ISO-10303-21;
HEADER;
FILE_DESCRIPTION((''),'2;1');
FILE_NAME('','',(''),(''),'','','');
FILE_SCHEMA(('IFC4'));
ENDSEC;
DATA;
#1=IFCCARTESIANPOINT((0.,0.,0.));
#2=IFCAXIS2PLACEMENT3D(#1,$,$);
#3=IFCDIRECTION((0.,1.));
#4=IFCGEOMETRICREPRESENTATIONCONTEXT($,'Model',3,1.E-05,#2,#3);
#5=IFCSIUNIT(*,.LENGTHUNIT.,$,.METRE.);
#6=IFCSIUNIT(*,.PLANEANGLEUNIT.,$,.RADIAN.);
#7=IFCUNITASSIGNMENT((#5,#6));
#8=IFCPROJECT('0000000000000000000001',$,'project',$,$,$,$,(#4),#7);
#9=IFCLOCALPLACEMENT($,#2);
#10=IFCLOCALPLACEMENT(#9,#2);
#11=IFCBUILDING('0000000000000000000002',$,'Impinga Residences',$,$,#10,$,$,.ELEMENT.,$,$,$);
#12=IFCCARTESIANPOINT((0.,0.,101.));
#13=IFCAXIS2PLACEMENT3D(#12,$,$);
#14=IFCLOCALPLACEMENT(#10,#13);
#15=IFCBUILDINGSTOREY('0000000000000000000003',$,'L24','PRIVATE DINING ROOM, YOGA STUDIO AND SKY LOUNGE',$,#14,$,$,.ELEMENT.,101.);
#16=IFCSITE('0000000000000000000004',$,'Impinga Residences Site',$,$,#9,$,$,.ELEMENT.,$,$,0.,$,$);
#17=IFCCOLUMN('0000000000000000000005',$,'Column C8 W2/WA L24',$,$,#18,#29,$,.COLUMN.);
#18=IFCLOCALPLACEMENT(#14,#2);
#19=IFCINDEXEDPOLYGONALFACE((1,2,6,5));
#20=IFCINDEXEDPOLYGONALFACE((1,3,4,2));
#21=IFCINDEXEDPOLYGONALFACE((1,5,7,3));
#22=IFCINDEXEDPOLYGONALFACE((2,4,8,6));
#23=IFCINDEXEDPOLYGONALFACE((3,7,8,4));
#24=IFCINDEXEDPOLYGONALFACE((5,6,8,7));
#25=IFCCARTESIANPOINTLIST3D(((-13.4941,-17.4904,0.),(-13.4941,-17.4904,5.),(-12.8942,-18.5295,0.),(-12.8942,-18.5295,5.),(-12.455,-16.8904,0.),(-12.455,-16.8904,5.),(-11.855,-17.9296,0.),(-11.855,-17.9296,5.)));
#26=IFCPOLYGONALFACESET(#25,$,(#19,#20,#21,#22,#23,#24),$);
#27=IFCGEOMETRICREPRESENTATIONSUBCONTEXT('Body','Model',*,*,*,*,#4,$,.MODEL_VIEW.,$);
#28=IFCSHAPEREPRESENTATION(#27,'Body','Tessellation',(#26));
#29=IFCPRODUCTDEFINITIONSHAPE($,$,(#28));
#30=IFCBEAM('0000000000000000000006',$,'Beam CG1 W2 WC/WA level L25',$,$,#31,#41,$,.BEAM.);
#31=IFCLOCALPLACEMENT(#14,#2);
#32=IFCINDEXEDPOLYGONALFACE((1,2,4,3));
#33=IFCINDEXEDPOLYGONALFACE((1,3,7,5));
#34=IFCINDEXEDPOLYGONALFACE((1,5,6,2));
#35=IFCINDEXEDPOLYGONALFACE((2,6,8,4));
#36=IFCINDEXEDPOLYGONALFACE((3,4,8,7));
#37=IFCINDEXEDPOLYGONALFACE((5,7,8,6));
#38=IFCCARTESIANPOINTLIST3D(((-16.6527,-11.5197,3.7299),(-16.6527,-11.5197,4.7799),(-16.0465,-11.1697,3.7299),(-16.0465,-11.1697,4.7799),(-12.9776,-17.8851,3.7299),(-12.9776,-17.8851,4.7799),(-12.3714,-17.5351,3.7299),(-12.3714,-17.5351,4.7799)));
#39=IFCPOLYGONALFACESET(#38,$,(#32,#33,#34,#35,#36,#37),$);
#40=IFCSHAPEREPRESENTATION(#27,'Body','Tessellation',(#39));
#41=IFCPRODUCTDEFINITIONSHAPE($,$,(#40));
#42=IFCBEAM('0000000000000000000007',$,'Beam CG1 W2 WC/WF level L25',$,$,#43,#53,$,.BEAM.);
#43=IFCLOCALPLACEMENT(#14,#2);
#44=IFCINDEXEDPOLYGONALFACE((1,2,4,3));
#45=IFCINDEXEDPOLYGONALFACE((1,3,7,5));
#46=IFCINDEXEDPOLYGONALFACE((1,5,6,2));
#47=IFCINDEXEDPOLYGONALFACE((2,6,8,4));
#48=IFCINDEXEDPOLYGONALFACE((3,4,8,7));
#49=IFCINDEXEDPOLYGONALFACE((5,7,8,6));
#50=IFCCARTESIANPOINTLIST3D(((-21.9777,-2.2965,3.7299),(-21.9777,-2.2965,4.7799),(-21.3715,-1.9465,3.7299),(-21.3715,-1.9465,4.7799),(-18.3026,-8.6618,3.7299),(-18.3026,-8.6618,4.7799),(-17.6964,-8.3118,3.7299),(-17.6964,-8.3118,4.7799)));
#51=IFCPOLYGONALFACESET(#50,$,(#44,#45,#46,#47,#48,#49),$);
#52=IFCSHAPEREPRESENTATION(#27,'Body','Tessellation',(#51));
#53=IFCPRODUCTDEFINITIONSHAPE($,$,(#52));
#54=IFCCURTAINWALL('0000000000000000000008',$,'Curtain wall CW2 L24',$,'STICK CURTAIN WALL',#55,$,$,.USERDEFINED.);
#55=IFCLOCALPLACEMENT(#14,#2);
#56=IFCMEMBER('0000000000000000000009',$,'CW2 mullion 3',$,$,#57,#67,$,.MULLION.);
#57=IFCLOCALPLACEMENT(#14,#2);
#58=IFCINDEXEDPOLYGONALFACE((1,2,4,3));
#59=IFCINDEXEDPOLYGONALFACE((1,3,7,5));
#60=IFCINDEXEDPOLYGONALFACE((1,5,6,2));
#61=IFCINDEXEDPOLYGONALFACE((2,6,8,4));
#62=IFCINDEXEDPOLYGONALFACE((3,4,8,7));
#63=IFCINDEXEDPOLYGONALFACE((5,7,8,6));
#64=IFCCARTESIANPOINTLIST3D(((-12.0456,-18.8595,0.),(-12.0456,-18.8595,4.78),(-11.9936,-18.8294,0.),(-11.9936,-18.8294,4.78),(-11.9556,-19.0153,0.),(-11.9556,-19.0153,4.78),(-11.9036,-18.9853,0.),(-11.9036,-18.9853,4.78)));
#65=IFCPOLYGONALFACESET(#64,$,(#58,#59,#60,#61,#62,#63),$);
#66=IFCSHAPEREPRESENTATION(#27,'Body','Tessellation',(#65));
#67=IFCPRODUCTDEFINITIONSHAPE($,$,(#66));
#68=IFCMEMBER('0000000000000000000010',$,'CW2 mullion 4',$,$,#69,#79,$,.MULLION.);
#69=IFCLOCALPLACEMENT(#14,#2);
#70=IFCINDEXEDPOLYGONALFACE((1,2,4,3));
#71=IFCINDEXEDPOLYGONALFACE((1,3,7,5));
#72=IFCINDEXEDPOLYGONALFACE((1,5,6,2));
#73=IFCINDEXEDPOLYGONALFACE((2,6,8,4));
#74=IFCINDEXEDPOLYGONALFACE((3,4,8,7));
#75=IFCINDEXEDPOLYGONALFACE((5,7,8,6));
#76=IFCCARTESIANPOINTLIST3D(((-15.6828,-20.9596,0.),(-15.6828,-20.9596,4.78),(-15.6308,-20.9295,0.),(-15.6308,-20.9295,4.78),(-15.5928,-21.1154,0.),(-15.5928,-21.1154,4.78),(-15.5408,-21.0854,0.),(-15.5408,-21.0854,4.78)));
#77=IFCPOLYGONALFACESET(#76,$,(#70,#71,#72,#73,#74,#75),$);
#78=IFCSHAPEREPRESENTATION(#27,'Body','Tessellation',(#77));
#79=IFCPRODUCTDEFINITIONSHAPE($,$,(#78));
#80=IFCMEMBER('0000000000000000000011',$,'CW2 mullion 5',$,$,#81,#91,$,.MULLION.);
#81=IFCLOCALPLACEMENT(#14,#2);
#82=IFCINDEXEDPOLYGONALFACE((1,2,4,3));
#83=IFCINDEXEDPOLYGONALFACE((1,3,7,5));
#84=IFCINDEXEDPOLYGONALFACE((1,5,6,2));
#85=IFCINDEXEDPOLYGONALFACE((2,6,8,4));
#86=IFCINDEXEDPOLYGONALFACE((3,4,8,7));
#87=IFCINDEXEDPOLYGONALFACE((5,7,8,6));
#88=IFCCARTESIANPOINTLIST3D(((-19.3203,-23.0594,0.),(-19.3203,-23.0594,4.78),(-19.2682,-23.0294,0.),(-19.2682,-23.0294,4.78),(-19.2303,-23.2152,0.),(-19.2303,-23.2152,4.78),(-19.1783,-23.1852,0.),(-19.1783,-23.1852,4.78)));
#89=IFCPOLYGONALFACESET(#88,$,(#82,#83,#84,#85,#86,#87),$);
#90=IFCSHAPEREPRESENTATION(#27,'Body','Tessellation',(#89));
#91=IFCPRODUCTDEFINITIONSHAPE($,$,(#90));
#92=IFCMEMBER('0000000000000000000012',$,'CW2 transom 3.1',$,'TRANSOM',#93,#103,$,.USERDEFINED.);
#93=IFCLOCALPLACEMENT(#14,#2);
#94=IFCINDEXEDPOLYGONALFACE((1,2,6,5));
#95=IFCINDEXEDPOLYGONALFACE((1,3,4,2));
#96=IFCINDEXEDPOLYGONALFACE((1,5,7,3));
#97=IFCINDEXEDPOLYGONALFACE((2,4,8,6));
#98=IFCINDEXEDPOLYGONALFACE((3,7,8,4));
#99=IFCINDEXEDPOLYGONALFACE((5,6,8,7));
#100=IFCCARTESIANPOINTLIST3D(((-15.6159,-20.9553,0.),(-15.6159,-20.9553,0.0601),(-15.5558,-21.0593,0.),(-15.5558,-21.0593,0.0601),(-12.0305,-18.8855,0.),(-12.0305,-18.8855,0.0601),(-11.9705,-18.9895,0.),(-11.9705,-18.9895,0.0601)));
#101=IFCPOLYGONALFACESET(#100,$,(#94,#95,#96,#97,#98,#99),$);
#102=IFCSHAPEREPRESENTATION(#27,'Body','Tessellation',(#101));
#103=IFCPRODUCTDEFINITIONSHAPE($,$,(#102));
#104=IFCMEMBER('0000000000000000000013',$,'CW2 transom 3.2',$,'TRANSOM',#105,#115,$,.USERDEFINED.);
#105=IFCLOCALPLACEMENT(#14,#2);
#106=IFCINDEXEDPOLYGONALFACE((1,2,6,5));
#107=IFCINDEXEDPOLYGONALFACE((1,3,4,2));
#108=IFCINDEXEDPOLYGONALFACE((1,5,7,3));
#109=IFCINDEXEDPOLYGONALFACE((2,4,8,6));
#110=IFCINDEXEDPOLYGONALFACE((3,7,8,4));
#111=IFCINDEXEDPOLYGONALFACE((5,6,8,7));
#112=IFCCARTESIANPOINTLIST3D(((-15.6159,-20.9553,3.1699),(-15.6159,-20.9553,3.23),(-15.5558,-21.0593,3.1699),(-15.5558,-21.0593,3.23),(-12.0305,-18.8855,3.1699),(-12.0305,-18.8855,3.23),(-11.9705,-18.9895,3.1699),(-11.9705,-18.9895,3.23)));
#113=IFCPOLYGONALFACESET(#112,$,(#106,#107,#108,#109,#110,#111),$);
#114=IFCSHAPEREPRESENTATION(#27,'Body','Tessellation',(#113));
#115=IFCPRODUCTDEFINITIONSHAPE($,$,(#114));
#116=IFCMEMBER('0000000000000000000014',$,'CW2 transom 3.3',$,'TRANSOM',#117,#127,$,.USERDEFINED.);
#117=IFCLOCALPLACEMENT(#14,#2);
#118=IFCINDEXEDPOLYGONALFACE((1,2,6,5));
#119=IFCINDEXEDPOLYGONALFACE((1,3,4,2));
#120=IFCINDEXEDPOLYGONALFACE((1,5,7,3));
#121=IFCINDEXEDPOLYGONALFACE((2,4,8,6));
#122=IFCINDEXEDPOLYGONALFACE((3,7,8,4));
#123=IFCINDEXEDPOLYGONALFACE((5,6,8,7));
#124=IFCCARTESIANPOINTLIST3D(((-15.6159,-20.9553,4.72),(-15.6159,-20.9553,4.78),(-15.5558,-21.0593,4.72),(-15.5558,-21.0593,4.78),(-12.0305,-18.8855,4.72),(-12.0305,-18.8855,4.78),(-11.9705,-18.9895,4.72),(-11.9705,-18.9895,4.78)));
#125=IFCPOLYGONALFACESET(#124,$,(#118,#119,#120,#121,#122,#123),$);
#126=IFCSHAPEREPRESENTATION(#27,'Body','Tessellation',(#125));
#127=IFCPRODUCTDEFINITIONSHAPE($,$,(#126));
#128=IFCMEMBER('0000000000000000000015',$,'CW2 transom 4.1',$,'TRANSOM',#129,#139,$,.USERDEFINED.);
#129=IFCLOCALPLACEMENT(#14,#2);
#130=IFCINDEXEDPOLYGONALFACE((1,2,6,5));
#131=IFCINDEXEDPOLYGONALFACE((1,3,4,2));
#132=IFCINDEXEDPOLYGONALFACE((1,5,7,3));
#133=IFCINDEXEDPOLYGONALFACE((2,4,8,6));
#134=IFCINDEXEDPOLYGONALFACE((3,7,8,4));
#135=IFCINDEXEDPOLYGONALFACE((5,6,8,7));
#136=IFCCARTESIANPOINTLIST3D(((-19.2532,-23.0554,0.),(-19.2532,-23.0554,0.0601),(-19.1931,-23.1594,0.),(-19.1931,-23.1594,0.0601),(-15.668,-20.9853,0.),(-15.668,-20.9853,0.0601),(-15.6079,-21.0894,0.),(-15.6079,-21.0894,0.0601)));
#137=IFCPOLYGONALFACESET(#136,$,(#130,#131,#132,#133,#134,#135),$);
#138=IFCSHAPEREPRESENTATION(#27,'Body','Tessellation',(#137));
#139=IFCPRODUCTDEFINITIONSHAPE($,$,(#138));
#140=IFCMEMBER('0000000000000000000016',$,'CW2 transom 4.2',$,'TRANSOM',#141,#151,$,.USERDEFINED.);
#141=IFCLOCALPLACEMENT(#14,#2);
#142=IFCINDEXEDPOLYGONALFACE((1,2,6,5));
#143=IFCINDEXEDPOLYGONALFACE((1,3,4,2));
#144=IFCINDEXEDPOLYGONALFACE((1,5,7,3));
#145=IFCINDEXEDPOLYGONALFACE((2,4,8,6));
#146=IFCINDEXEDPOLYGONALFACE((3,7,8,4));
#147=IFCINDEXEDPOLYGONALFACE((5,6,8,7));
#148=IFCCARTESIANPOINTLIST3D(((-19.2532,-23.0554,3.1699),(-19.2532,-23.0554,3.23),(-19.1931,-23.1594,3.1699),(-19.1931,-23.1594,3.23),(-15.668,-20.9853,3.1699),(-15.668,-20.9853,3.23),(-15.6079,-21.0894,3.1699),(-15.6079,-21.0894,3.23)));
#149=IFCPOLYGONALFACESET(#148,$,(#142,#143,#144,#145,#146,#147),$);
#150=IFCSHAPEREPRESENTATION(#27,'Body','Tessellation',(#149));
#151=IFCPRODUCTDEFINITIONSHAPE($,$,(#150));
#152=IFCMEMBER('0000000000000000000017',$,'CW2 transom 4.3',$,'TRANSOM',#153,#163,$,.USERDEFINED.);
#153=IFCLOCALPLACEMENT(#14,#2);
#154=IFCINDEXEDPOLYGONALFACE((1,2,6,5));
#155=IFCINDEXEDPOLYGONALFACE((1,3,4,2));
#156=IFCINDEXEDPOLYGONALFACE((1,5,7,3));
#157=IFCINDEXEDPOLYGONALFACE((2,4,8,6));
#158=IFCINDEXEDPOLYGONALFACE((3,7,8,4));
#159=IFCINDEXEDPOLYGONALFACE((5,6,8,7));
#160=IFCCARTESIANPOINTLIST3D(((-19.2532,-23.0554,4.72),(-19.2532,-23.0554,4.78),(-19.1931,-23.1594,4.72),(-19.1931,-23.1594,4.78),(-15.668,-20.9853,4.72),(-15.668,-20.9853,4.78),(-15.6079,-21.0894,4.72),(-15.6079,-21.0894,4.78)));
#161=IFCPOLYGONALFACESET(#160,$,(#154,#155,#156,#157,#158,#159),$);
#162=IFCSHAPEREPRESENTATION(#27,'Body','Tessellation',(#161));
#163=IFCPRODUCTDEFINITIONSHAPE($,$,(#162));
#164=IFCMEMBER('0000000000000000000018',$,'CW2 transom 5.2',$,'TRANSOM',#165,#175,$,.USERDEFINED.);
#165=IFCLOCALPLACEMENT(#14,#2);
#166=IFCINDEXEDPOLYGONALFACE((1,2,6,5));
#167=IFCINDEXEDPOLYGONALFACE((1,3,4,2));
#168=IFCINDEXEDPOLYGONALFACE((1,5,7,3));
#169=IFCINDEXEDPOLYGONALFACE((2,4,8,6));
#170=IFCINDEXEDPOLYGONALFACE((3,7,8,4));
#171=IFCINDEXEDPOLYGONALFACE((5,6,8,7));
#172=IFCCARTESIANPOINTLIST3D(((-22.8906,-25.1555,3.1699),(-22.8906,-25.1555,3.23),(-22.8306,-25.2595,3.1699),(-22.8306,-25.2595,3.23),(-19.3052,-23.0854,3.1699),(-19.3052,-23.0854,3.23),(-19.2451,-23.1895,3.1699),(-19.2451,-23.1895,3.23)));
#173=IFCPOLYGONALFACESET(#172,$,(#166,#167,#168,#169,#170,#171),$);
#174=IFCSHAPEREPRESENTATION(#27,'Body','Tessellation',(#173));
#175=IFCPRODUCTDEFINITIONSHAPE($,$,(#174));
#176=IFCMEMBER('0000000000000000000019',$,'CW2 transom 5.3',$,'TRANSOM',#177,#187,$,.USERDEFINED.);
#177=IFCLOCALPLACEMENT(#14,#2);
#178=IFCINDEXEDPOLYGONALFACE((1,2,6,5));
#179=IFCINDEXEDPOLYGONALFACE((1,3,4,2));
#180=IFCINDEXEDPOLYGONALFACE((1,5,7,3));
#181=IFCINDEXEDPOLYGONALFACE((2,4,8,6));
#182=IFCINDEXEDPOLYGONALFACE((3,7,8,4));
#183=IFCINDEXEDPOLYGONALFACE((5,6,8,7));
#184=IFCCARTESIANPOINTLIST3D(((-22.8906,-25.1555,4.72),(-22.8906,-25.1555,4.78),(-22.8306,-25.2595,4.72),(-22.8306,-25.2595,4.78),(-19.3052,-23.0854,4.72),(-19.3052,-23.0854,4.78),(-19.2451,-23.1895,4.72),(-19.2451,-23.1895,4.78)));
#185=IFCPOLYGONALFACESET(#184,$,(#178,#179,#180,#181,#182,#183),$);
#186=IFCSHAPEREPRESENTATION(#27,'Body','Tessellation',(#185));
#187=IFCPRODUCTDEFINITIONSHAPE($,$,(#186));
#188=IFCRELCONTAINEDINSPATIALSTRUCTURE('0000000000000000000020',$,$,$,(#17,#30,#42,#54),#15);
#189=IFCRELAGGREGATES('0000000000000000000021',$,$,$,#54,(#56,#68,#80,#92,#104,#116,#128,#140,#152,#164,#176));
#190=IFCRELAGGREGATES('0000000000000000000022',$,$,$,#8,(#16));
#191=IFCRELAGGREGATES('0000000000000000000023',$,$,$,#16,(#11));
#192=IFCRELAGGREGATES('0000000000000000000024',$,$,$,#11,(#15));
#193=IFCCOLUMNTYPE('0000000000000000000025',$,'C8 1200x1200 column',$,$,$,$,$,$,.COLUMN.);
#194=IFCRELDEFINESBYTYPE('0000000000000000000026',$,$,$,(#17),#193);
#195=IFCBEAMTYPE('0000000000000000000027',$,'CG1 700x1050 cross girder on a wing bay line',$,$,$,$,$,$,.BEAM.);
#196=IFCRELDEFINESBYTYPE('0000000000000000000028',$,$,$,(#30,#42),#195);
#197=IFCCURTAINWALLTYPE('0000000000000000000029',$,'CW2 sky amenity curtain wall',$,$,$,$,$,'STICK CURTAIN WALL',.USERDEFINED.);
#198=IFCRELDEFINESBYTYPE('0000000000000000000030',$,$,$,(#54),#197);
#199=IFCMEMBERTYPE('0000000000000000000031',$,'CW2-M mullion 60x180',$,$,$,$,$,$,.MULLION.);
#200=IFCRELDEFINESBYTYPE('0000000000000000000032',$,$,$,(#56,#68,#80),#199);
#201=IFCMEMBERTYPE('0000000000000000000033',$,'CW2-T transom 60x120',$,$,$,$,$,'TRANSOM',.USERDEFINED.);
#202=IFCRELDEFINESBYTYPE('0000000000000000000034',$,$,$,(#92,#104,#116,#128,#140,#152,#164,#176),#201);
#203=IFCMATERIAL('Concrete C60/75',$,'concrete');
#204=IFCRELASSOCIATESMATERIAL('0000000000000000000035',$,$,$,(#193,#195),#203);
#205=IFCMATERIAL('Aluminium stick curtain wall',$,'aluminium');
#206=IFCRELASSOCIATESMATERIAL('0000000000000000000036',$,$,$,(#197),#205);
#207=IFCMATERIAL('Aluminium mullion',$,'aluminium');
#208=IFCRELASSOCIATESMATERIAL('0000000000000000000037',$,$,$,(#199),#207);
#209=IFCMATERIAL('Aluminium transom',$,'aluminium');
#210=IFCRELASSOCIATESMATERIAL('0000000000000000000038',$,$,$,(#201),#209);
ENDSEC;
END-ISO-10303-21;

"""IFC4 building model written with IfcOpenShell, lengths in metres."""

from ifc_helpers import new_model, si_unit, direction, frame, origin, origin_2d, place, context, subcontext, project, spatial, rectangle, extrude, material, material_profile, profile_set, type_object, element, aggregate, save


model = new_model("IFC4")

# Units and contexts
model_context = context("Model", 3, precision=1e-05, world=origin(), true_north=direction((0.0, 1.0)))
body_context = subcontext(model_context, "Body", "Model", "MODEL_VIEW")
ifc_project = project(units=[si_unit("LENGTHUNIT", "METRE"), si_unit("PLANEANGLEUNIT", "RADIAN")], contexts=[model_context])

# Site, building, storey
site_placement = place(None, origin())
site = spatial("IfcSite", under=ifc_project, at=site_placement, Name="Impinga Residences Site", CompositionType="ELEMENT", RefElevation=0.0)
building_placement = place(site_placement, origin())
building = spatial("IfcBuilding", under=site, at=building_placement, Name="Impinga Residences", CompositionType="ELEMENT")
storey_placement = place(building_placement, frame((0.0, 0.0, 101.0)))
storey = spatial("IfcBuildingStorey", under=building, at=storey_placement, Name="L24", Description="PRIVATE DINING ROOM, YOGA STUDIO AND SKY LOUNGE", CompositionType="ELEMENT", Elevation=101.0)

# Column
ifc_material_1 = material(Name="Concrete C60/75", Category="concrete")
ifc_material_profile_1 = material_profile(ifc_material_1, rectangle(XDim=1.2, YDim=1.2, at=origin_2d()), Name="RC 1200x1200")
ifc_profile_set_1 = profile_set([ifc_material_profile_1], Name="Concrete C60/75")
column_type = type_object("IfcColumnType", Name="C8 1200x1200 column", PredefinedType="COLUMN", material=ifc_profile_set_1)
column_placement = place(storey_placement, frame((-12.6746, -17.71, 0.0), z_axis=(0.0, 0.0, 1.0), x_axis=(-0.5, 0.866025, 0.0)))
element("IfcColumn", 1, at=column_placement, inside=storey, type_object=column_type, Name="Column C8 W2/WA L24", PredefinedType="COLUMN", context=body_context, shape_type="SweptSolid", body=[
    extrude(rectangle(XDim=1.2, YDim=1.2, at=origin_2d()), origin(), (0.0, 0.0, 1.0), 5.0),
])

# Beams
ifc_material_profile_2 = material_profile(ifc_material_1, rectangle(XDim=0.7, YDim=1.05, at=origin_2d()), Name="RC 700x1050")
ifc_profile_set_2 = profile_set([ifc_material_profile_2], Name="Concrete C60/75")
beam_type_1 = type_object("IfcBeamType", Name="CG1 700x1050 cross girder on a wing bay line", PredefinedType="BEAM", material=ifc_profile_set_2)
for number, where, z_axis, x_axis, name in (
    (2, (-16.3496, -11.3447, 4.2549), (0.500008, -0.866021, 0.0), (0.866021, 0.500008, 0.0), "Beam CG1 W2 WC/WA level L25"),
    (3, (-17.9995, -8.4868, 4.2549), (-0.500008, 0.866021, 0.0), (-0.866021, -0.500008, 0.0), "Beam CG1 W2 WC/WF level L25"),
):
    element("IfcBeam", number, at=place(storey_placement, frame(where, z_axis=z_axis, x_axis=x_axis)), inside=storey, type_object=beam_type_1, Name=name, PredefinedType="BEAM", context=body_context, shape_type="SweptSolid", body=[
        extrude(rectangle(XDim=0.7, YDim=1.05, at=origin_2d()), origin(), (0.0, 0.0, 1.0), 7.3501),
    ])

# Curtain wall, members
ifc_material_2 = material(Name="Aluminium stick curtain wall", Category="aluminium")
curtain_wall_type = type_object("IfcCurtainWallType", Name="CW2 sky amenity curtain wall", ElementType="STICK CURTAIN WALL", PredefinedType="USERDEFINED", material=ifc_material_2)
curtain_wall_placement = place(storey_placement, origin())
curtain_wall = element("IfcCurtainWall", 4, at=curtain_wall_placement, inside=storey, type_object=curtain_wall_type, Name="Curtain wall CW2 L24", ObjectType="STICK CURTAIN WALL", PredefinedType="USERDEFINED")
ifc_material_3 = material(Name="Aluminium mullion", Category="aluminium")
ifc_material_profile_3 = material_profile(ifc_material_3, rectangle(XDim=0.0601, YDim=0.1799, at=origin_2d()), Name="60x180 mullion")
ifc_profile_set_3 = profile_set([ifc_material_profile_3], Name="Aluminium mullion")
member_type_1 = type_object("IfcMemberType", Name="CW2-M mullion 60x180", PredefinedType="MULLION", material=ifc_profile_set_3)
member_1_placement = place(storey_placement, frame((-11.9746, -18.9224, 0.0), z_axis=(0.0, 0.0, 1.0), x_axis=(-0.866025, -0.5, 0.0)))
member_1 = element("IfcMember", 5, at=member_1_placement, type_object=member_type_1, Name="CW2 mullion 3", PredefinedType="MULLION", context=body_context, shape_type="SweptSolid", body=[
    extrude(rectangle(XDim=0.0601, YDim=0.1799, at=origin_2d()), origin(), (0.0, 0.0, 1.0), 4.78),
])
member_2_placement = place(storey_placement, frame((-15.6118, -21.0225, 0.0), z_axis=(0.0, 0.0, 1.0), x_axis=(-0.866025, -0.5, 0.0)))
member_2 = element("IfcMember", 6, at=member_2_placement, type_object=member_type_1, Name="CW2 mullion 4", PredefinedType="MULLION", context=body_context, shape_type="SweptSolid", body=[
    extrude(rectangle(XDim=0.0601, YDim=0.1799, at=origin_2d()), origin(), (0.0, 0.0, 1.0), 4.78),
])
member_3_placement = place(storey_placement, frame((-19.2493, -23.1223, 0.0), z_axis=(0.0, 0.0, 1.0), x_axis=(-0.866025, -0.5, 0.0)))
member_3 = element("IfcMember", 7, at=member_3_placement, type_object=member_type_1, Name="CW2 mullion 5", PredefinedType="MULLION", context=body_context, shape_type="SweptSolid", body=[
    extrude(rectangle(XDim=0.0601, YDim=0.1799, at=origin_2d()), origin(), (0.0, 0.0, 1.0), 4.78),
])
ifc_material_4 = material(Name="Aluminium transom", Category="aluminium")
ifc_material_profile_4 = material_profile(ifc_material_4, rectangle(XDim=0.0601, YDim=0.1201, at=origin_2d()), Name="60x120 transom")
ifc_profile_set_4 = profile_set([ifc_material_profile_4], Name="Aluminium transom")
member_type_2 = type_object("IfcMemberType", Name="CW2-T transom 60x120", ElementType="TRANSOM", PredefinedType="USERDEFINED", material=ifc_profile_set_4)
member_4_placement = place(storey_placement, frame((-12.0005, -18.9375, 0.03), z_axis=(-0.86605, -0.499957, 0.0), x_axis=(0.0, 0.0, 1.0)))
member_4 = element("IfcMember", 8, at=member_4_placement, type_object=member_type_2, Name="CW2 transom 3.1", ObjectType="TRANSOM", PredefinedType="USERDEFINED", context=body_context, shape_type="SweptSolid", body=[
    extrude(rectangle(XDim=0.0601, YDim=0.1201, at=origin_2d()), origin(), (0.0, 0.0, 1.0), 4.1399),
])
member_5_placement = place(storey_placement, frame((-12.0005, -18.9375, 3.2), z_axis=(-0.86605, -0.499957, 0.0), x_axis=(0.0, 0.0, 1.0)))
member_5 = element("IfcMember", 9, at=member_5_placement, type_object=member_type_2, Name="CW2 transom 3.2", ObjectType="TRANSOM", PredefinedType="USERDEFINED", context=body_context, shape_type="SweptSolid", body=[
    extrude(rectangle(XDim=0.0601, YDim=0.1201, at=origin_2d()), origin(), (0.0, 0.0, 1.0), 4.1399),
])
member_6_placement = place(storey_placement, frame((-12.0005, -18.9375, 4.75), z_axis=(-0.86605, -0.499957, 0.0), x_axis=(0.0, 0.0, 1.0)))
member_6 = element("IfcMember", 10, at=member_6_placement, type_object=member_type_2, Name="CW2 transom 3.3", ObjectType="TRANSOM", PredefinedType="USERDEFINED", context=body_context, shape_type="SweptSolid", body=[
    extrude(rectangle(XDim=0.0601, YDim=0.1201, at=origin_2d()), origin(), (0.0, 0.0, 1.0), 4.1399),
])
member_7_placement = place(storey_placement, frame((-15.6379, -21.0374, 0.03), z_axis=(-0.86601, -0.500027, 0.0), x_axis=(0.0, 0.0, 1.0)))
member_7 = element("IfcMember", 11, at=member_7_placement, type_object=member_type_2, Name="CW2 transom 4.1", ObjectType="TRANSOM", PredefinedType="USERDEFINED", context=body_context, shape_type="SweptSolid", body=[
    extrude(rectangle(XDim=0.0601, YDim=0.1201, at=origin_2d()), origin(), (0.0, 0.0, 1.0), 4.1399),
])
member_8_placement = place(storey_placement, frame((-15.6379, -21.0374, 3.2), z_axis=(-0.86601, -0.500027, 0.0), x_axis=(0.0, 0.0, 1.0)))
member_8 = element("IfcMember", 12, at=member_8_placement, type_object=member_type_2, Name="CW2 transom 4.2", ObjectType="TRANSOM", PredefinedType="USERDEFINED", context=body_context, shape_type="SweptSolid", body=[
    extrude(rectangle(XDim=0.0601, YDim=0.1201, at=origin_2d()), origin(), (0.0, 0.0, 1.0), 4.1399),
])
member_9_placement = place(storey_placement, frame((-15.6379, -21.0374, 4.75), z_axis=(-0.86601, -0.500027, 0.0), x_axis=(0.0, 0.0, 1.0)))
member_9 = element("IfcMember", 13, at=member_9_placement, type_object=member_type_2, Name="CW2 transom 4.3", ObjectType="TRANSOM", PredefinedType="USERDEFINED", context=body_context, shape_type="SweptSolid", body=[
    extrude(rectangle(XDim=0.0601, YDim=0.1201, at=origin_2d()), origin(), (0.0, 0.0, 1.0), 4.1399),
])
member_10_placement = place(storey_placement, frame((-19.2751, -23.1375, 3.2), z_axis=(-0.866025, -0.500002, 0.0), x_axis=(0.0, 0.0, 1.0)))
member_10 = element("IfcMember", 14, at=member_10_placement, type_object=member_type_2, Name="CW2 transom 5.2", ObjectType="TRANSOM", PredefinedType="USERDEFINED", context=body_context, shape_type="SweptSolid", body=[
    extrude(rectangle(XDim=0.0601, YDim=0.1201, at=origin_2d()), origin(), (0.0, 0.0, 1.0), 4.1401),
])
member_11_placement = place(storey_placement, frame((-19.2751, -23.1375, 4.75), z_axis=(-0.866025, -0.500002, 0.0), x_axis=(0.0, 0.0, 1.0)))
member_11 = element("IfcMember", 15, at=member_11_placement, type_object=member_type_2, Name="CW2 transom 5.3", ObjectType="TRANSOM", PredefinedType="USERDEFINED", context=body_context, shape_type="SweptSolid", body=[
    extrude(rectangle(XDim=0.0601, YDim=0.1201, at=origin_2d()), origin(), (0.0, 0.0, 1.0), 4.1401),
])

aggregate(curtain_wall, [member_1, member_2, member_3, member_4, member_5, member_6, member_7, member_8, member_9, member_10, member_11])

save(model, "model.ifc")
